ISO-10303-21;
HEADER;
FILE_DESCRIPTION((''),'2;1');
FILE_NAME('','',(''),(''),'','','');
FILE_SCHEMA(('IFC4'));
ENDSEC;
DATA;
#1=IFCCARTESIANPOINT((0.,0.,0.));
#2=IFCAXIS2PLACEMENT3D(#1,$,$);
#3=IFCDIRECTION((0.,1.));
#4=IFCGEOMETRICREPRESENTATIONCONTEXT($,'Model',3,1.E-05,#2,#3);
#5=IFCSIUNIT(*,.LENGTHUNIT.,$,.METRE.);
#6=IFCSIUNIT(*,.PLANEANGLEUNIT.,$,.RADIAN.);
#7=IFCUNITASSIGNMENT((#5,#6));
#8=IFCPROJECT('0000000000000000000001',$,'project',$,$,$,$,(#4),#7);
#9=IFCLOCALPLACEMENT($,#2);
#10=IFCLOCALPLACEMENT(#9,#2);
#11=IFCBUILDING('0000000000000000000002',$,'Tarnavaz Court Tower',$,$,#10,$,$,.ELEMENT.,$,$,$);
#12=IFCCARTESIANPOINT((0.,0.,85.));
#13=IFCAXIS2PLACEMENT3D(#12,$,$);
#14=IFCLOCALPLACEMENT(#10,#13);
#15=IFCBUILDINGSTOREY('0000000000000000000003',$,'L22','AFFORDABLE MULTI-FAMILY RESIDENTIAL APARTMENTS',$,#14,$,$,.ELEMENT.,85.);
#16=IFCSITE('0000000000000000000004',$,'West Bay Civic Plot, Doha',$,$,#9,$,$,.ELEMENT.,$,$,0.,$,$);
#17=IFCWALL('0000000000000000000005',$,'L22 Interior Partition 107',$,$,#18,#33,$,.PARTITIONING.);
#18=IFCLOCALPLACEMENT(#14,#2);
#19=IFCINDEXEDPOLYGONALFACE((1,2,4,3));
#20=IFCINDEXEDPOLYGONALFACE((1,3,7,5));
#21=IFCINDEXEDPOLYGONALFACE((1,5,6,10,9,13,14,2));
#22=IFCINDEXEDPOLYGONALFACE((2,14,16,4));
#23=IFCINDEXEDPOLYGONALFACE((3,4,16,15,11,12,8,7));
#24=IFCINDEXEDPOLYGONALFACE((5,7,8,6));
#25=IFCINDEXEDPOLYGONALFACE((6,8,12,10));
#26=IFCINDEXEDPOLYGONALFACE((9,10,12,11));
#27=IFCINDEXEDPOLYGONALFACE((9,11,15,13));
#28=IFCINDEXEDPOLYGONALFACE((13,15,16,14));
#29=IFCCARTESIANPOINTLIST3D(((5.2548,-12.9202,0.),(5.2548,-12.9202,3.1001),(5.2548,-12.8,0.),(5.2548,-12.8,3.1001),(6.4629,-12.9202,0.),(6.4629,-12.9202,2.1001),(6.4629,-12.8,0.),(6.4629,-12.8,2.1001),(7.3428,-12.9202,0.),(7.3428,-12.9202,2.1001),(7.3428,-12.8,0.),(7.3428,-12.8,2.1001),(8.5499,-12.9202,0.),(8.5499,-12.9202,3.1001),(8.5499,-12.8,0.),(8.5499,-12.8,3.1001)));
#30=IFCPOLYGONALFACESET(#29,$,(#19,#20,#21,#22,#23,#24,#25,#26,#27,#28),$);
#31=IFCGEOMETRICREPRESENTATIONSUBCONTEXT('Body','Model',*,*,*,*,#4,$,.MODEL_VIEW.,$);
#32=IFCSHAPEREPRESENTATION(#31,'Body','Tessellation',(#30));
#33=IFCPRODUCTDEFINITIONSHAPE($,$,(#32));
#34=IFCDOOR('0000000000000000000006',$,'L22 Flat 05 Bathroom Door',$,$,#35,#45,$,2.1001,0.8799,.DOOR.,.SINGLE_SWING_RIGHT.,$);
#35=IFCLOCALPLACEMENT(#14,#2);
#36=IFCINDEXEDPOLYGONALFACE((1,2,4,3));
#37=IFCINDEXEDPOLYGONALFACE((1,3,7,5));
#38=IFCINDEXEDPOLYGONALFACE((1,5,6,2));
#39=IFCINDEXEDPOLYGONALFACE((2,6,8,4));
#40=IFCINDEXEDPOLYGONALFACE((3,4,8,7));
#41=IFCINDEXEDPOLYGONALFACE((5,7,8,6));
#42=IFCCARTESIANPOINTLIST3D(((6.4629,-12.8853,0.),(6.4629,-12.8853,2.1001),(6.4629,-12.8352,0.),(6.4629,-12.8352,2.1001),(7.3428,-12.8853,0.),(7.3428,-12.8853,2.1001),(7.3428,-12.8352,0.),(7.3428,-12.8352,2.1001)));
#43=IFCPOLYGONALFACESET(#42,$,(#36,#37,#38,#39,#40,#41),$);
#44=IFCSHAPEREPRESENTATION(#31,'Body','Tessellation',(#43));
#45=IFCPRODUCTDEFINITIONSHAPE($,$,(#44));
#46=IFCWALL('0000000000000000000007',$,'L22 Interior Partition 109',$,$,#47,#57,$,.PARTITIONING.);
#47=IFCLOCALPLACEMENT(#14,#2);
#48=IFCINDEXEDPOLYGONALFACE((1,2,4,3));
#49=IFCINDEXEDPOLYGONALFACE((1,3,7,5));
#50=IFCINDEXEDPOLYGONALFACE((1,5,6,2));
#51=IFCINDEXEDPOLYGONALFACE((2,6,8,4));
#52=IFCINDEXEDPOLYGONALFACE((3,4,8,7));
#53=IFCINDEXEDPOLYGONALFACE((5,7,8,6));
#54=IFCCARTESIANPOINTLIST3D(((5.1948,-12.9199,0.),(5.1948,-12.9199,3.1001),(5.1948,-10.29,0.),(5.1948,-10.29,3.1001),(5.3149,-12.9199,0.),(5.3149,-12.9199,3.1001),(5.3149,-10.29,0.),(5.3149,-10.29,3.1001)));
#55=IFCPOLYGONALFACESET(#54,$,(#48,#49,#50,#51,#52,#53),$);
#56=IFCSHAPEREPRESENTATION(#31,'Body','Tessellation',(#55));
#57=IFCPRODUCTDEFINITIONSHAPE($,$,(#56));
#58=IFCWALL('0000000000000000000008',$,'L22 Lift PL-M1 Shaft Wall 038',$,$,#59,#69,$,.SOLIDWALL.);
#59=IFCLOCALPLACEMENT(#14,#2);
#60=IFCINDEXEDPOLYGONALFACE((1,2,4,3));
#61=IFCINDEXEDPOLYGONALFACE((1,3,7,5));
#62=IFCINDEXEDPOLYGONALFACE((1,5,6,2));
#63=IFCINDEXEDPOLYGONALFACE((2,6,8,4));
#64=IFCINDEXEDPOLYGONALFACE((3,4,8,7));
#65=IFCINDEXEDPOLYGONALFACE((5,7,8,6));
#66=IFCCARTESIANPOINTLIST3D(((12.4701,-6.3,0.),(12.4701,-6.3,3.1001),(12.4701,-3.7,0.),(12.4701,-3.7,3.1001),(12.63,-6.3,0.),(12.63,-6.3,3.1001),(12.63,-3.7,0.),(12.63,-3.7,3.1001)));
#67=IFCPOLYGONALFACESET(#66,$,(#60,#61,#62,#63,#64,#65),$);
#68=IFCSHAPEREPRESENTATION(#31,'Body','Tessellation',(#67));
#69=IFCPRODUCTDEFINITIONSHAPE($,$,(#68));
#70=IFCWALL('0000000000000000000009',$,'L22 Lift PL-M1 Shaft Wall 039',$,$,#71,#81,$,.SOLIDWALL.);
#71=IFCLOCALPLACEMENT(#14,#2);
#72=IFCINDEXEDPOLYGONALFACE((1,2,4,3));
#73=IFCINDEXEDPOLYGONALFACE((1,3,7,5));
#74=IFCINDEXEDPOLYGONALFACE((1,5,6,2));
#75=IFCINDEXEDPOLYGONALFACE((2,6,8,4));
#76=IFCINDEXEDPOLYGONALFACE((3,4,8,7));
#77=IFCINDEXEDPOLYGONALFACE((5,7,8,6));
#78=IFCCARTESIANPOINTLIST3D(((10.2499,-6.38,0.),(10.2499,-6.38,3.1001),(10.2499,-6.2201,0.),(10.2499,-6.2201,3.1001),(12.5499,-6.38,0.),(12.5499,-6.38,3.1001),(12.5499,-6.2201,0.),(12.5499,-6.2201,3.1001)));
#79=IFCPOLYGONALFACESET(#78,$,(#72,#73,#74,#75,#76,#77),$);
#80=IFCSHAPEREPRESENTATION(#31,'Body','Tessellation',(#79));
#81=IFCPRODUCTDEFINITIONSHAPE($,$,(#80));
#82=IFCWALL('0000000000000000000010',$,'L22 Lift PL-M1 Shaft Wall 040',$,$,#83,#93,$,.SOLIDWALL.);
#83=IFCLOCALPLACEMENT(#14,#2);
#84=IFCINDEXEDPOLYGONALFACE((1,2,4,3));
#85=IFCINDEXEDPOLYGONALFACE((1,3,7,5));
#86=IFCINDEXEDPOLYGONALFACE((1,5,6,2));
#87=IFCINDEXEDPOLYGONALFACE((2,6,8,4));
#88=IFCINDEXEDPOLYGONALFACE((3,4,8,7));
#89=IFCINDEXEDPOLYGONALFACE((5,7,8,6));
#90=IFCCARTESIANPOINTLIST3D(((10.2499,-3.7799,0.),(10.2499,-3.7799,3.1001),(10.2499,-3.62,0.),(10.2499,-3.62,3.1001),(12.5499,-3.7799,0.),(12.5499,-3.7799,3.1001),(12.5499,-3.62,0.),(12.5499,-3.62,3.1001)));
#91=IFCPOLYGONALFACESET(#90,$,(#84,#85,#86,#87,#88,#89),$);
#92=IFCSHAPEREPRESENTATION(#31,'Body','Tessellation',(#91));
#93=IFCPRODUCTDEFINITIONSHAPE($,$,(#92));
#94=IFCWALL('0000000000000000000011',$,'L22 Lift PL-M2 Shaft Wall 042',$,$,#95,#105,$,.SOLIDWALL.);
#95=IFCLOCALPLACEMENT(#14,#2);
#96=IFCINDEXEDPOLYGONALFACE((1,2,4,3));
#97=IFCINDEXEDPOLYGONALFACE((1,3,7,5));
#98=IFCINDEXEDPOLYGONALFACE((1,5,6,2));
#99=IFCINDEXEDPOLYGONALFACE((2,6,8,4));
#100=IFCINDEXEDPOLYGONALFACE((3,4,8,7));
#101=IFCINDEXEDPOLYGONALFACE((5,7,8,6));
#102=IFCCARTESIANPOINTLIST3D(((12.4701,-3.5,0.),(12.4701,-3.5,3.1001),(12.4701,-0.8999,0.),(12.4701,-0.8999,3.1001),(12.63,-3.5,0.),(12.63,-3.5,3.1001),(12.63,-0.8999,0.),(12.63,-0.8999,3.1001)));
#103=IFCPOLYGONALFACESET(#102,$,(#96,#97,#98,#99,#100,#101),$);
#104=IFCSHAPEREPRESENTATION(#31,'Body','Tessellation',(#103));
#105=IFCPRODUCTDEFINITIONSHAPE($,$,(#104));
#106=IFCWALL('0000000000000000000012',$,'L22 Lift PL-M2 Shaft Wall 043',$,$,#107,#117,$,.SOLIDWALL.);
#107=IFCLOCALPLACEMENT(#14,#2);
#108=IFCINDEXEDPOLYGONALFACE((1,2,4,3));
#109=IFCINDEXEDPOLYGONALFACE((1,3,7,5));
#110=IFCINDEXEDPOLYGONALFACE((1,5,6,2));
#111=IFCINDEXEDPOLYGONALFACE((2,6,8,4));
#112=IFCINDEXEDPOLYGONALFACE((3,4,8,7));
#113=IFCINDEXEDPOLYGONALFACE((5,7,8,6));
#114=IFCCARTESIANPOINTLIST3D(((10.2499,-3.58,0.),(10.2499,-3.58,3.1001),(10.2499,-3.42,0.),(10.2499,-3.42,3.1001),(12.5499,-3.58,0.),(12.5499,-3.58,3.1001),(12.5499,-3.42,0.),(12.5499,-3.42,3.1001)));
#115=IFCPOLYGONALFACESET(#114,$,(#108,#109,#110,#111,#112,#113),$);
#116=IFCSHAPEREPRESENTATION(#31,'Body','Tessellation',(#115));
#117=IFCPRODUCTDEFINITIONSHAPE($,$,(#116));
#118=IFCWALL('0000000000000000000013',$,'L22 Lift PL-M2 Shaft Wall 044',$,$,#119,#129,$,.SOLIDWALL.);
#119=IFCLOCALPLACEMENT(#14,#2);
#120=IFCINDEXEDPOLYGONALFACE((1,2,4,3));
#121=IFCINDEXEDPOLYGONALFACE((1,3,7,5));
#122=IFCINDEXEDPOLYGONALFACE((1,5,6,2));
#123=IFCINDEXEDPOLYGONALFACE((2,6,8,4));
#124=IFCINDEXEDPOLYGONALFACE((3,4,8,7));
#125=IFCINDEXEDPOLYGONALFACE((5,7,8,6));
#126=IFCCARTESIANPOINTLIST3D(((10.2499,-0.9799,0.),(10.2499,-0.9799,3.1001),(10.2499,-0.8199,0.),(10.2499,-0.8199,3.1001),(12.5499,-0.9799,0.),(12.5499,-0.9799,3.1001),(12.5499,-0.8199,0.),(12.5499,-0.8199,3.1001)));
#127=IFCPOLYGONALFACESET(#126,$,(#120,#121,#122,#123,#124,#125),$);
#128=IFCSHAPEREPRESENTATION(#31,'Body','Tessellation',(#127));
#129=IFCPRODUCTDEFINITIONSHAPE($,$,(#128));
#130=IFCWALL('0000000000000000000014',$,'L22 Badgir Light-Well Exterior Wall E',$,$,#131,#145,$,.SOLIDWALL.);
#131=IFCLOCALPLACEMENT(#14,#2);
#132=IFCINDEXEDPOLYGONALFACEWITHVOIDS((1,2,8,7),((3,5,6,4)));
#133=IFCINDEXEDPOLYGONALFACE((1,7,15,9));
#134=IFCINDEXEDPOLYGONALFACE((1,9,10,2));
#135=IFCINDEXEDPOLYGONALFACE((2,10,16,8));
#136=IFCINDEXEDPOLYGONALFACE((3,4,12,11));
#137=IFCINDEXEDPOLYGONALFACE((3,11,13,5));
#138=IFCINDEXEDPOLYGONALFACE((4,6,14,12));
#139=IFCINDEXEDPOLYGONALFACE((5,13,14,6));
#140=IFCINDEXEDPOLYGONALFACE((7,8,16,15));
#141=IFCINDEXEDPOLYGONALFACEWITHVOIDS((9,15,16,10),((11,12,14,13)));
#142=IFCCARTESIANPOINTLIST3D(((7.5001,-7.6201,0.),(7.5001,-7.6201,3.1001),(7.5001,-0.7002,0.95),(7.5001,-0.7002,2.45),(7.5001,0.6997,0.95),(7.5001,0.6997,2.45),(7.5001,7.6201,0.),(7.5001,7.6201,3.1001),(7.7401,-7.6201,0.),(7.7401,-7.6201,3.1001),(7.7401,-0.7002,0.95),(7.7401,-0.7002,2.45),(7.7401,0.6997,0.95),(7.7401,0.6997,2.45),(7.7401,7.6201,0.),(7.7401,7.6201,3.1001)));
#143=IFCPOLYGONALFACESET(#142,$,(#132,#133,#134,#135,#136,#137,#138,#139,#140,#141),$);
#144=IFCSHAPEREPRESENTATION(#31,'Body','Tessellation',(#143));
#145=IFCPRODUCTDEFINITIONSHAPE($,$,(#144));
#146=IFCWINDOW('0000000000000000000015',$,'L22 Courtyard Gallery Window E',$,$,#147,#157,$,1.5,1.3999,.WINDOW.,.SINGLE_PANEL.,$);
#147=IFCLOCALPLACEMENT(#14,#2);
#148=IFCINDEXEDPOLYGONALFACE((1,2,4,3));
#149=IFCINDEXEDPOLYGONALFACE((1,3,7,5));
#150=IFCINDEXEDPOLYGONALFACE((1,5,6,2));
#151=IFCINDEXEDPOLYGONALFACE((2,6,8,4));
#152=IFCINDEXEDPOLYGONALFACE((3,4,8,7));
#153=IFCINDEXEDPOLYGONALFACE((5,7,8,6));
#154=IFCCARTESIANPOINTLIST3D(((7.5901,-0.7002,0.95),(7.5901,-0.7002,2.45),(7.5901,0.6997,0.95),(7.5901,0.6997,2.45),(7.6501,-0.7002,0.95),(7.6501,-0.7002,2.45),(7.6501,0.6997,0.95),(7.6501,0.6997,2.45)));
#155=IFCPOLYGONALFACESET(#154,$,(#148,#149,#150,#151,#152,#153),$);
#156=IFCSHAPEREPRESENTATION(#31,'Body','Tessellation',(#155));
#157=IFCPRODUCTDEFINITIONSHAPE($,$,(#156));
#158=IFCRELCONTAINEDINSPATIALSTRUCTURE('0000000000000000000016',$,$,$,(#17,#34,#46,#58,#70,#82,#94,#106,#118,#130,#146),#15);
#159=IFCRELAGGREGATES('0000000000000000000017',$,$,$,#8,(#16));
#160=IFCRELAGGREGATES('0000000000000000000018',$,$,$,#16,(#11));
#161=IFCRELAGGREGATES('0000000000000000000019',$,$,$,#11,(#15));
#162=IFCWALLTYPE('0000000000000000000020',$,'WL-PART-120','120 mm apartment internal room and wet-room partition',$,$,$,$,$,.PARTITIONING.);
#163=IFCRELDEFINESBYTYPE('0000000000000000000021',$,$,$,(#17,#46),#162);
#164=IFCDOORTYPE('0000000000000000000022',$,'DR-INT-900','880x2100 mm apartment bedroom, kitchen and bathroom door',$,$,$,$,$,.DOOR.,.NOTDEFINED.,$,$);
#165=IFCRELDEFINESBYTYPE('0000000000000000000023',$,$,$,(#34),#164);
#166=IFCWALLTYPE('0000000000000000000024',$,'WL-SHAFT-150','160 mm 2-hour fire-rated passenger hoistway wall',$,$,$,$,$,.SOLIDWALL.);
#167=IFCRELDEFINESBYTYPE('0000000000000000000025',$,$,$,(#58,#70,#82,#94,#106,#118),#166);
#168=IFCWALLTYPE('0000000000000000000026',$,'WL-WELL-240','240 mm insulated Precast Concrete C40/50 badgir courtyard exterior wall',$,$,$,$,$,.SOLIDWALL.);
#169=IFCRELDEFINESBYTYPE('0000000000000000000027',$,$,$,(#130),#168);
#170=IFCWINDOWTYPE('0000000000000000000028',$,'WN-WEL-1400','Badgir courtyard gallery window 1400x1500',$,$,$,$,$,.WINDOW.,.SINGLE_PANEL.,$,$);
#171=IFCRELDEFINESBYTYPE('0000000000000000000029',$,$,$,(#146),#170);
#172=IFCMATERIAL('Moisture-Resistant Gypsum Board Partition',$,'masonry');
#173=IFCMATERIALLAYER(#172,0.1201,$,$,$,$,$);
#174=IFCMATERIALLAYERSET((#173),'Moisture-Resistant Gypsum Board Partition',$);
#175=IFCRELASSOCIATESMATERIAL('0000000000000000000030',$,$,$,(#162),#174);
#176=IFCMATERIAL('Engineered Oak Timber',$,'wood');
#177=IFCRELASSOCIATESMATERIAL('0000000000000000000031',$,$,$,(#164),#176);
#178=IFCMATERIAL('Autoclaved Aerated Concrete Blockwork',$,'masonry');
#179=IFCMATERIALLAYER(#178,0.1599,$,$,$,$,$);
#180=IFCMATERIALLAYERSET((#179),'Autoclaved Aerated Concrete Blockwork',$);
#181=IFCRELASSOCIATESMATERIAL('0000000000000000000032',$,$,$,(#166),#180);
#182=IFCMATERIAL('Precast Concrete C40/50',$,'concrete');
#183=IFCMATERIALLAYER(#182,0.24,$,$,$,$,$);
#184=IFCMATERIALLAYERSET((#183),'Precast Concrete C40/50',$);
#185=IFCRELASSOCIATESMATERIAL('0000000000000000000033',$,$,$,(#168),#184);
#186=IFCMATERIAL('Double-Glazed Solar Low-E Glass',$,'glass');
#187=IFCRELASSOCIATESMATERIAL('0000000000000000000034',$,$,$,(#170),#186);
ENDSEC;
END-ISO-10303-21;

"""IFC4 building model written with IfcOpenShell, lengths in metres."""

from ifc_helpers import new_model, si_unit, direction, frame, frame_2d, origin, place, context, subcontext, project, spatial, rectangle, extrude, material, layer, layer_set, type_object, element, fill, save


model = new_model("IFC4")

# Units and contexts
model_context = context("Model", 3, precision=1e-05, world=origin(), true_north=direction((0.0, 1.0)))
body_context = subcontext(model_context, "Body", "Model", "MODEL_VIEW")
ifc_project = project(units=[si_unit("LENGTHUNIT", "METRE"), si_unit("PLANEANGLEUNIT", "RADIAN")], contexts=[model_context])

# Site, building, storey
site_placement = place(None, origin())
site = spatial("IfcSite", under=ifc_project, at=site_placement, Name="West Bay Civic Plot, Doha", CompositionType="ELEMENT", RefElevation=0.0)
building_placement = place(site_placement, origin())
building = spatial("IfcBuilding", under=site, at=building_placement, Name="Tarnavaz Court Tower", CompositionType="ELEMENT")
storey_placement = place(building_placement, frame((0.0, 0.0, 85.0)))
storey = spatial("IfcBuildingStorey", under=building, at=storey_placement, Name="L22", Description="AFFORDABLE MULTI-FAMILY RESIDENTIAL APARTMENTS", CompositionType="ELEMENT", Elevation=85.0)

# Wall, opening, door
ifc_material_1 = material(Name="Moisture-Resistant Gypsum Board Partition", Category="masonry")
ifc_layer_1 = layer(ifc_material_1, 0.1201)
ifc_layer_set_1 = layer_set([ifc_layer_1], Name="Moisture-Resistant Gypsum Board Partition")
wall_type_1 = type_object("IfcWallType", Name="WL-PART-120", Description="120 mm apartment internal room and wet-room partition", PredefinedType="PARTITIONING", material=ifc_layer_set_1)
ifc_material_2 = material(Name="Engineered Oak Timber", Category="wood")
door_type_1 = type_object("IfcDoorType", Name="DR-INT-900", Description="880x2100 mm apartment bedroom, kitchen and bathroom door", OperationType="NOTDEFINED", PredefinedType="DOOR", material=ifc_material_2)
wall_1_placement = place(storey_placement, frame((5.2549, -12.8601, 0.0), z_axis=(0.0, 0.0, 1.0), x_axis=(1.0, 0.0, 0.0)))
wall_1 = element("IfcWall", 1, at=wall_1_placement, inside=storey, type_object=wall_type_1, Name="L22 Interior Partition 107", PredefinedType="PARTITIONING", context=body_context, shape_type="SweptSolid", body=[
    extrude(rectangle(XDim=3.2952, YDim=0.1201, at=frame_2d((1.6475, 0.0))), origin(), (0.0, 0.0, 1.0), 3.1001),
])
opening_1_placement = place(wall_1_placement, frame((1.208, 0.0, 0.0)))
opening_1 = element("IfcOpeningElement", 2, at=opening_1_placement, cuts=wall_1, PredefinedType="OPENING", context=body_context, shape_type="SweptSolid", body=[
    extrude(rectangle(XDim=0.8799, YDim=2.1001, at=frame_2d((0.4399, 1.05))), frame((0.0, 0.0701, 0.0), z_axis=(0.0, -1.0, 0.0), x_axis=(1.0, 0.0, 0.0)), (0.0, 0.0, 1.0), 0.1401),
])
door_1_placement = place(opening_1_placement, origin())
door_1 = element("IfcDoor", 3, at=door_1_placement, inside=storey, type_object=door_type_1, Name="L22 Flat 05 Bathroom Door", OperationType="SINGLE_SWING_RIGHT", OverallHeight=2.1001, OverallWidth=0.8799, PredefinedType="DOOR", context=body_context, shape_type="SweptSolid", body=[
    extrude(rectangle(XDim=0.8799, YDim=2.1001, at=frame_2d((0.4399, 1.05))), frame((0.0, 0.0249, 0.0), z_axis=(0.0, -1.0, 0.0), x_axis=(1.0, 0.0, 0.0)), (0.0, 0.0, 1.0), 0.05),
])
fill(opening_1, door_1)

# Wall
wall_2_placement = place(storey_placement, frame((5.2549, -12.9199, 0.0), z_axis=(0.0, 0.0, 1.0), x_axis=(0.0, 1.0, 0.0)))
element("IfcWall", 4, at=wall_2_placement, inside=storey, type_object=wall_type_1, Name="L22 Interior Partition 109", PredefinedType="PARTITIONING", context=body_context, shape_type="SweptSolid", body=[
    extrude(rectangle(XDim=2.6299, YDim=0.1201, at=frame_2d((1.3149, 0.0))), origin(), (0.0, 0.0, 1.0), 3.1001),
])

# Shared definitions
ifc_material_3 = material(Name="Autoclaved Aerated Concrete Blockwork", Category="masonry")
ifc_layer_2 = layer(ifc_material_3, 0.1599)
ifc_layer_set_2 = layer_set([ifc_layer_2], Name="Autoclaved Aerated Concrete Blockwork")
wall_type_2 = type_object("IfcWallType", Name="WL-SHAFT-150", Description="160 mm 2-hour fire-rated passenger hoistway wall", PredefinedType="SOLIDWALL", material=ifc_layer_set_2)

# Walls
wall_3_placement = place(storey_placement, frame((12.55, -6.3, 0.0), z_axis=(0.0, 0.0, 1.0), x_axis=(0.0, 1.0, 0.0)))
element("IfcWall", 5, at=wall_3_placement, inside=storey, type_object=wall_type_2, Name="L22 Lift PL-M1 Shaft Wall 038", PredefinedType="SOLIDWALL", context=body_context, shape_type="SweptSolid", body=[
    extrude(rectangle(XDim=2.6001, YDim=0.1599, at=frame_2d((1.3, 0.0))), origin(), (0.0, 0.0, 1.0), 3.1001),
])
for number, where, z_axis, x_axis, name in (
    (6, (10.25, -6.3, 0.0), (0.0, 0.0, 1.0), (1.0, 0.0, 0.0), "L22 Lift PL-M1 Shaft Wall 039"),
    (7, (10.25, -3.7, 0.0), (0.0, 0.0, 1.0), (1.0, 0.0, 0.0), "L22 Lift PL-M1 Shaft Wall 040"),
):
    element("IfcWall", number, at=place(storey_placement, frame(where, z_axis=z_axis, x_axis=x_axis)), inside=storey, type_object=wall_type_2, Name=name, PredefinedType="SOLIDWALL", context=body_context, shape_type="SweptSolid", body=[
        extrude(rectangle(XDim=2.3, YDim=0.1599, at=frame_2d((1.1499, 0.0))), origin(), (0.0, 0.0, 1.0), 3.1001),
    ])

# Walls
wall_4_placement = place(storey_placement, frame((12.55, -3.5, 0.0), z_axis=(0.0, 0.0, 1.0), x_axis=(0.0, 1.0, 0.0)))
element("IfcWall", 8, at=wall_4_placement, inside=storey, type_object=wall_type_2, Name="L22 Lift PL-M2 Shaft Wall 042", PredefinedType="SOLIDWALL", context=body_context, shape_type="SweptSolid", body=[
    extrude(rectangle(XDim=2.6001, YDim=0.1599, at=frame_2d((1.3, 0.0))), origin(), (0.0, 0.0, 1.0), 3.1001),
])
for number, where, z_axis, x_axis, name in (
    (9, (10.25, -3.5, 0.0), (0.0, 0.0, 1.0), (1.0, 0.0, 0.0), "L22 Lift PL-M2 Shaft Wall 043"),
    (10, (10.25, -0.8999, 0.0), (0.0, 0.0, 1.0), (1.0, 0.0, 0.0), "L22 Lift PL-M2 Shaft Wall 044"),
):
    element("IfcWall", number, at=place(storey_placement, frame(where, z_axis=z_axis, x_axis=x_axis)), inside=storey, type_object=wall_type_2, Name=name, PredefinedType="SOLIDWALL", context=body_context, shape_type="SweptSolid", body=[
        extrude(rectangle(XDim=2.3, YDim=0.1599, at=frame_2d((1.1499, 0.0))), origin(), (0.0, 0.0, 1.0), 3.1001),
    ])

# Wall, opening, window
ifc_material_4 = material(Name="Precast Concrete C40/50", Category="concrete")
ifc_layer_3 = layer(ifc_material_4, 0.24)
ifc_layer_set_3 = layer_set([ifc_layer_3], Name="Precast Concrete C40/50")
wall_type_3 = type_object("IfcWallType", Name="WL-WELL-240", Description="240 mm insulated Precast Concrete C40/50 badgir courtyard exterior wall", PredefinedType="SOLIDWALL", material=ifc_layer_set_3)
wall_5_placement = place(storey_placement, frame((7.6201, -7.6201, 0.0), z_axis=(0.0, 0.0, 1.0), x_axis=(0.0, 1.0, 0.0)))
wall_5 = element("IfcWall", 11, at=wall_5_placement, inside=storey, type_object=wall_type_3, Name="L22 Badgir Light-Well Exterior Wall E", PredefinedType="SOLIDWALL", context=body_context, shape_type="SweptSolid", body=[
    extrude(rectangle(XDim=15.2402, YDim=0.24, at=frame_2d((7.6201, 0.0))), origin(), (0.0, 0.0, 1.0), 3.1001),
])
opening_2_placement = place(wall_5_placement, frame((6.9199, 0.0, 0.95)))
opening_2 = element("IfcOpeningElement", 12, at=opening_2_placement, cuts=wall_5, PredefinedType="OPENING", context=body_context, shape_type="SweptSolid", body=[
    extrude(rectangle(XDim=1.3999, YDim=1.5, at=frame_2d((0.7, 0.75))), frame((0.0, 0.1299, 0.0), z_axis=(0.0, -1.0, 0.0), x_axis=(1.0, 0.0, 0.0)), (0.0, 0.0, 1.0), 0.26),
])
ifc_material_5 = material(Name="Double-Glazed Solar Low-E Glass", Category="glass")
window_type = type_object("IfcWindowType", Name="WN-WEL-1400", Description="Badgir courtyard gallery window 1400x1500", PartitioningType="SINGLE_PANEL", PredefinedType="WINDOW", material=ifc_material_5)
window_placement = place(opening_2_placement, origin())
window = element("IfcWindow", 13, at=window_placement, inside=storey, type_object=window_type, Name="L22 Courtyard Gallery Window E", OverallHeight=1.5, OverallWidth=1.3999, PartitioningType="SINGLE_PANEL", PredefinedType="WINDOW", context=body_context, shape_type="SweptSolid", body=[
    extrude(rectangle(XDim=1.3999, YDim=1.5, at=frame_2d((0.7, 0.75))), frame((0.0, 0.03, 0.0), z_axis=(0.0, -1.0, 0.0), x_axis=(1.0, 0.0, 0.0)), (0.0, 0.0, 1.0), 0.0601),
])
fill(opening_2, window)

save(model, "model.ifc")
